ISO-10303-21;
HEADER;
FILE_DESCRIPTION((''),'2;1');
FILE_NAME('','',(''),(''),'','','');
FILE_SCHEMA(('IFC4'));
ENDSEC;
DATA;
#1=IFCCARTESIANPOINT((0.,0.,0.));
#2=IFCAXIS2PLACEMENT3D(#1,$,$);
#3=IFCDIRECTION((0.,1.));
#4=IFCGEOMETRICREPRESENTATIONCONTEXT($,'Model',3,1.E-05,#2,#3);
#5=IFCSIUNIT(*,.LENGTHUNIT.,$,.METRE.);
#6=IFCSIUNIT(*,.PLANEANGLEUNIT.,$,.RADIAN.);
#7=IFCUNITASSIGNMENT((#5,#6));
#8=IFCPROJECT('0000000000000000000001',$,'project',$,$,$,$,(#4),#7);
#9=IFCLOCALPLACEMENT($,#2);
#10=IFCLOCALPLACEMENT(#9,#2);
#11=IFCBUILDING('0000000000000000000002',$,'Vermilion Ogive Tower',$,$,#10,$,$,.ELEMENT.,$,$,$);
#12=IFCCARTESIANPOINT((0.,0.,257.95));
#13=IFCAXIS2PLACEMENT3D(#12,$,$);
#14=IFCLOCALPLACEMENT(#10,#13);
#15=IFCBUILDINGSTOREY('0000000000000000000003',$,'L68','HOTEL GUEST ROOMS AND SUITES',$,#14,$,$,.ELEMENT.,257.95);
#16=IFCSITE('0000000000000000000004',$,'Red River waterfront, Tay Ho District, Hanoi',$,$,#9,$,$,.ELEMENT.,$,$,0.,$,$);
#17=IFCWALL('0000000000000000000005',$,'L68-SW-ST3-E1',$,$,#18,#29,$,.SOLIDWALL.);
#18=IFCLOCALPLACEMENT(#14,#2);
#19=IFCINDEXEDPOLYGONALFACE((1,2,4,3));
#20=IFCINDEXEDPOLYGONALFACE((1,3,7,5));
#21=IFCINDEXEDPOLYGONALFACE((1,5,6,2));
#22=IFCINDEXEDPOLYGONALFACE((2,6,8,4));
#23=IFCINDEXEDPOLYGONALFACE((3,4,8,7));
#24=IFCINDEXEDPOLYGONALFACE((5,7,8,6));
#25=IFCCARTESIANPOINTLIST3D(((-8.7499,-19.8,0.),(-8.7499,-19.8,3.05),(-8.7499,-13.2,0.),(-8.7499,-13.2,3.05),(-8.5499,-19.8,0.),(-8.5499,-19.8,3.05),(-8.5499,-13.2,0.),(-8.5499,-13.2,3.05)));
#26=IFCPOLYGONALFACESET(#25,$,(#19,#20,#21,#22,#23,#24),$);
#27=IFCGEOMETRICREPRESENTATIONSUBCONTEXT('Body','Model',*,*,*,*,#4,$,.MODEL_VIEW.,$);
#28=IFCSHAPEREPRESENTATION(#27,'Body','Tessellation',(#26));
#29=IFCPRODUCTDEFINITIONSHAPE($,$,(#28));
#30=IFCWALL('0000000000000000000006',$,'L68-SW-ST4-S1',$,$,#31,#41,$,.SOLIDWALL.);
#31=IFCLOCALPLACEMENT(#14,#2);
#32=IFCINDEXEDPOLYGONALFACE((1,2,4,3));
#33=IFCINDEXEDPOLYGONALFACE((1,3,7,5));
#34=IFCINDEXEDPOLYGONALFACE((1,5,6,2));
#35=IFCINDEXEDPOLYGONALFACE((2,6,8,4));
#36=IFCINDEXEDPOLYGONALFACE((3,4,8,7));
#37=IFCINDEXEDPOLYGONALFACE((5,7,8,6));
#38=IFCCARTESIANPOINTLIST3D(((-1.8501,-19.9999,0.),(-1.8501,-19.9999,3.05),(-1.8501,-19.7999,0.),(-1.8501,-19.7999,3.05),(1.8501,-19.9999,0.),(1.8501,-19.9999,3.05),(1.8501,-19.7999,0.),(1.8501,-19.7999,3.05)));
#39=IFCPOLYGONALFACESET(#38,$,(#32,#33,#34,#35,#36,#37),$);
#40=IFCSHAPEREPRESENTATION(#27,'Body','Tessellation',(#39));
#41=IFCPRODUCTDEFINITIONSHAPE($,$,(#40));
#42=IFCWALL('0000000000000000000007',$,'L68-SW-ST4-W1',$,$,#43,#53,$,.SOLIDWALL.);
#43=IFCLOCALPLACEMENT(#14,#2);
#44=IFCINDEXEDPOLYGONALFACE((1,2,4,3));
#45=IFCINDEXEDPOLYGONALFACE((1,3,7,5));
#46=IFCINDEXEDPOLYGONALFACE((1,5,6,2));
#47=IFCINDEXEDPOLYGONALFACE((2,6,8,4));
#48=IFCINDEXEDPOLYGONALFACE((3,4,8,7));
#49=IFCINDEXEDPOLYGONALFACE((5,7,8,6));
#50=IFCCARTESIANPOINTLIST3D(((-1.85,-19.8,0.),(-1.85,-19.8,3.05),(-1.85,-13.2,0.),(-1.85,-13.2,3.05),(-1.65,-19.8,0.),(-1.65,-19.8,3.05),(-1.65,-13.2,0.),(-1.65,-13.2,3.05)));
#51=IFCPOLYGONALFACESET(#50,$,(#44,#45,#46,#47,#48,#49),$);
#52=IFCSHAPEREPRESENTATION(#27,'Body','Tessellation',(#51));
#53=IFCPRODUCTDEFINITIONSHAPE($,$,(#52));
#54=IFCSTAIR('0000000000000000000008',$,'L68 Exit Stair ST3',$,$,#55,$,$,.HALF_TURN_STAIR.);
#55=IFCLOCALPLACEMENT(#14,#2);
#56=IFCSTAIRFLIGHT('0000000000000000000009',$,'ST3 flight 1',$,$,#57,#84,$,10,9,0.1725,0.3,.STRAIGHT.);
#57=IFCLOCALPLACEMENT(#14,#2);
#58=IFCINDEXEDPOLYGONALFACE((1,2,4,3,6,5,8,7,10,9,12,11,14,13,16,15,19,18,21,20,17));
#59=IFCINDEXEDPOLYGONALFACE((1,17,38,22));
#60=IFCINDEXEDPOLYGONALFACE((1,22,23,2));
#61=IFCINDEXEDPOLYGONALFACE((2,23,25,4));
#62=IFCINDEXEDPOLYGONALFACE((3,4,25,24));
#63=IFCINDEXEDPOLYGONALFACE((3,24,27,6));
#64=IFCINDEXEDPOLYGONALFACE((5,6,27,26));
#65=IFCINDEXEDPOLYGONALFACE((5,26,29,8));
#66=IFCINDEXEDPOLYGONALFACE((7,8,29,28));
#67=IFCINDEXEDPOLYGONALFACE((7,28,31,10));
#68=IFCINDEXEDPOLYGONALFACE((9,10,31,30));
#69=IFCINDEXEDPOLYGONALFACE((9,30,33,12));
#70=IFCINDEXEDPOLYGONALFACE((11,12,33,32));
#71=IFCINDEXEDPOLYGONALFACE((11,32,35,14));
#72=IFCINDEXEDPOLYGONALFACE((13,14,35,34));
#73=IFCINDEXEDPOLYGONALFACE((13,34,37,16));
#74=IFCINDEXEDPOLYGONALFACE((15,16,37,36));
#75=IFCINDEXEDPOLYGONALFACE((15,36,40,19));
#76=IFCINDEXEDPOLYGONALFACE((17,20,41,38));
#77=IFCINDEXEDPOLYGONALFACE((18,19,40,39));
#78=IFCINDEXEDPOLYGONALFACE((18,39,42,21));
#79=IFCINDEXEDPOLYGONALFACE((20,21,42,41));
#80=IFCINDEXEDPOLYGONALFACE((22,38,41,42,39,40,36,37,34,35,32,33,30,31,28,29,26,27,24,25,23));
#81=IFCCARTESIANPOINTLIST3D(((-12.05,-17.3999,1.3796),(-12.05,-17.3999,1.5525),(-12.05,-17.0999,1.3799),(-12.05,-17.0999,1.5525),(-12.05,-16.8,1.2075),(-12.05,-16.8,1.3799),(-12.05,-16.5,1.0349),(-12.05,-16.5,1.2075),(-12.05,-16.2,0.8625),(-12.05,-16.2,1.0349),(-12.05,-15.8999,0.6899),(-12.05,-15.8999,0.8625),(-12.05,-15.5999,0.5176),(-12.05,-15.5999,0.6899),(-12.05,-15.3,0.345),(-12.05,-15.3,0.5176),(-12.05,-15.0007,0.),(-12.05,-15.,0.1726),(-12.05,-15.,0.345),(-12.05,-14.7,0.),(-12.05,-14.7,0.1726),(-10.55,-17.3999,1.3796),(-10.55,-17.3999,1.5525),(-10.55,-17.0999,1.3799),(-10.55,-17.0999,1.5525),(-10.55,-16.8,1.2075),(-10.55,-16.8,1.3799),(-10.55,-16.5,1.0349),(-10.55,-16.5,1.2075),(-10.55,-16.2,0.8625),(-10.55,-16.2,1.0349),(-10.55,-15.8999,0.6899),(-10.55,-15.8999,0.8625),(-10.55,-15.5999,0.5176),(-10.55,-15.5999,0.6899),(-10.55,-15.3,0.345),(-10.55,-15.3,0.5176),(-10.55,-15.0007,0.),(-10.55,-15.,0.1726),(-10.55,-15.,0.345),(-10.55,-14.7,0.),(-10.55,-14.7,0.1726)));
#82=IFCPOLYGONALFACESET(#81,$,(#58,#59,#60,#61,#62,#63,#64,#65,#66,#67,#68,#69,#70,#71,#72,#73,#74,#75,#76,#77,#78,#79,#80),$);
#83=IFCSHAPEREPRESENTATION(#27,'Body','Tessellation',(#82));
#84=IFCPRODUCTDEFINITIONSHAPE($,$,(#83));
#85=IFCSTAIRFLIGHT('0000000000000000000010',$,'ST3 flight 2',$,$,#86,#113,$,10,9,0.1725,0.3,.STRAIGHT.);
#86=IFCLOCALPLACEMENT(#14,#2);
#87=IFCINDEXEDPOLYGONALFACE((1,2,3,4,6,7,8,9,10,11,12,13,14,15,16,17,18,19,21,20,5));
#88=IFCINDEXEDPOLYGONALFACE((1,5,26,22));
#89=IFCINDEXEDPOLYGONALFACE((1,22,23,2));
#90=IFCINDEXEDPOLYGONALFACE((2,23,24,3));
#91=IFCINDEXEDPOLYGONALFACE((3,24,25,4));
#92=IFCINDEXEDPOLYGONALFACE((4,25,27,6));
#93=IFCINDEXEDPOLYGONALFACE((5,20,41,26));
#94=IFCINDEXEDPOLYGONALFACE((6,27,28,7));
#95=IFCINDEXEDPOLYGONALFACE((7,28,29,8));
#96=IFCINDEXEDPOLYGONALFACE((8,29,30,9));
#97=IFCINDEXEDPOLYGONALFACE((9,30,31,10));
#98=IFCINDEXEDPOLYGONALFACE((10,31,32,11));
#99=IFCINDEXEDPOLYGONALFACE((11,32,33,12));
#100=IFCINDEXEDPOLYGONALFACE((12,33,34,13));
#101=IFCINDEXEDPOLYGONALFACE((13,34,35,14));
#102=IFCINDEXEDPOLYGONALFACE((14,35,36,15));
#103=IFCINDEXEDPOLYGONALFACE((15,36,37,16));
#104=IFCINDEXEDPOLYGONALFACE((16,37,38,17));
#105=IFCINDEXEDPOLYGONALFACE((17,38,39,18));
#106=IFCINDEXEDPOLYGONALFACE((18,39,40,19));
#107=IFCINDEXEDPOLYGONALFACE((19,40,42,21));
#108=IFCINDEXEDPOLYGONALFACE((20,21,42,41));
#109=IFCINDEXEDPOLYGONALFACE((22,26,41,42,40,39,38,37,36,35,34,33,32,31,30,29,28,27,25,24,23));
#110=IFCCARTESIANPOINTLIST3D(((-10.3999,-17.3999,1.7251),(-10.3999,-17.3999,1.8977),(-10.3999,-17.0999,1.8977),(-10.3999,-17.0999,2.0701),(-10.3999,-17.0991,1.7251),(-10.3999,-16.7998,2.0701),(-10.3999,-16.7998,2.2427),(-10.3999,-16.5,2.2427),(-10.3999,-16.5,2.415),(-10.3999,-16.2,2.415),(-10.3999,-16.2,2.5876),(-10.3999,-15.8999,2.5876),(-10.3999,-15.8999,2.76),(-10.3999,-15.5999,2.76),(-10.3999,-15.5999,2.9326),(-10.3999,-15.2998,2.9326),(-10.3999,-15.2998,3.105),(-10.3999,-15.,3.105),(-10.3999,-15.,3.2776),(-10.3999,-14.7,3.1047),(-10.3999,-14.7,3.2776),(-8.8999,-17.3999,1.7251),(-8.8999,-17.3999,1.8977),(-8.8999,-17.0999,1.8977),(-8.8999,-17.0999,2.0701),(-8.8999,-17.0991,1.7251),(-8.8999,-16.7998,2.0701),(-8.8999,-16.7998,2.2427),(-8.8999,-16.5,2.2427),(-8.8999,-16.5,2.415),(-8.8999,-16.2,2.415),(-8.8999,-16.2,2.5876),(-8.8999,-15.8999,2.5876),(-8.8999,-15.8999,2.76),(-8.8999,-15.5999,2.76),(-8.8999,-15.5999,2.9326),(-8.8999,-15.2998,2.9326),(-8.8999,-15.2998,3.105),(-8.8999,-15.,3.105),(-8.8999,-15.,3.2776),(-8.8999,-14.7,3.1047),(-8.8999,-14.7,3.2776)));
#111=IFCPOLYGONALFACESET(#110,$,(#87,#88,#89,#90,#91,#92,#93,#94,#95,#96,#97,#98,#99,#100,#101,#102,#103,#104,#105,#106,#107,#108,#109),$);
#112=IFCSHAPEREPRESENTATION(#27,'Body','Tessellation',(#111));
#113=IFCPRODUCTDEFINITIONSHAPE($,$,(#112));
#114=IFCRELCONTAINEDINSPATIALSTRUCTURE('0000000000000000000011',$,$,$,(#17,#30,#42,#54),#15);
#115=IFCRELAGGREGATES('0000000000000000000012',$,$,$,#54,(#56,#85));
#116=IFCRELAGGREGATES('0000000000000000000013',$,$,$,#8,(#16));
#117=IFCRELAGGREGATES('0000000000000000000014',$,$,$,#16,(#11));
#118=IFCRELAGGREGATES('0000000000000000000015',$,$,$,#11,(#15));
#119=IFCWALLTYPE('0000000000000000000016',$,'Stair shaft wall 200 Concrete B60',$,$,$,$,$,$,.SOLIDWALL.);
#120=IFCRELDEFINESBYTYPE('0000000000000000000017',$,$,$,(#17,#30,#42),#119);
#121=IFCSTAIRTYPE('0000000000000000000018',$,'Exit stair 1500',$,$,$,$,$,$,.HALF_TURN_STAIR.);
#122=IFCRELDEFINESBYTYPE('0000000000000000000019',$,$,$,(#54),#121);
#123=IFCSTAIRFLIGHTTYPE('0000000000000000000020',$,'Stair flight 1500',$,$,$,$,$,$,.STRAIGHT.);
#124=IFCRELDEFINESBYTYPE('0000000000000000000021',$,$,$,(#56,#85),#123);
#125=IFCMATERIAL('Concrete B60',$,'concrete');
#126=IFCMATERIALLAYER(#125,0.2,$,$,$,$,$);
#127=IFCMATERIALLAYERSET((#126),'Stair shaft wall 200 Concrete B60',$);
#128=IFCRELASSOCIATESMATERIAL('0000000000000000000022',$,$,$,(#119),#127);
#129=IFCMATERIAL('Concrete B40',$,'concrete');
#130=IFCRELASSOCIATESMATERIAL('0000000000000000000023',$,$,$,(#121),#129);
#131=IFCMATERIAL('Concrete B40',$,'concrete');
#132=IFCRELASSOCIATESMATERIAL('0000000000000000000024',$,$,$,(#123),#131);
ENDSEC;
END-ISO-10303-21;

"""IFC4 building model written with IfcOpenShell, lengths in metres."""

from ifc_helpers import new_model, si_unit, direction, frame, frame_2d, origin, place, context, subcontext, project, spatial, polyline, rectangle, outline, extrude, material, layer, layer_set, type_object, element, aggregate, save


model = new_model("IFC4")

# Units and contexts
model_context = context("Model", 3, precision=1e-05, world=origin(), true_north=direction((0.0, 1.0)))
body_context = subcontext(model_context, "Body", "Model", "MODEL_VIEW")
ifc_project = project(units=[si_unit("LENGTHUNIT", "METRE"), si_unit("PLANEANGLEUNIT", "RADIAN")], contexts=[model_context])

# Site, building, storey
site_placement = place(None, origin())
site = spatial("IfcSite", under=ifc_project, at=site_placement, Name="Red River waterfront, Tay Ho District, Hanoi", CompositionType="ELEMENT", RefElevation=0.0)
building_placement = place(site_placement, origin())
building = spatial("IfcBuilding", under=site, at=building_placement, Name="Vermilion Ogive Tower", CompositionType="ELEMENT")
storey_placement = place(building_placement, frame((0.0, 0.0, 257.95)))
storey = spatial("IfcBuildingStorey", under=building, at=storey_placement, Name="L68", Description="HOTEL GUEST ROOMS AND SUITES", CompositionType="ELEMENT", Elevation=257.95)

# Walls
ifc_material_1 = material(Name="Concrete B60", Category="concrete")
ifc_layer_1 = layer(ifc_material_1, 0.2)
ifc_layer_set_1 = layer_set([ifc_layer_1], Name="Stair shaft wall 200 Concrete B60")
wall_type = type_object("IfcWallType", Name="Stair shaft wall 200 Concrete B60", PredefinedType="SOLIDWALL", material=ifc_layer_set_1)
wall_1_placement = place(storey_placement, frame((-8.6499, -19.8, 0.0), z_axis=(0.0, 0.0, 1.0), x_axis=(0.0, 1.0, 0.0)))
element("IfcWall", 1, at=wall_1_placement, inside=storey, type_object=wall_type, Name="L68-SW-ST3-E1", PredefinedType="SOLIDWALL", context=body_context, shape_type="SweptSolid", body=[
    extrude(rectangle(XDim=6.6001, YDim=0.2, at=frame_2d((3.3, 0.0))), origin(), (0.0, 0.0, 1.0), 3.05),
])
wall_2_placement = place(storey_placement, frame((-1.8501, -19.8999, 0.0), z_axis=(0.0, 0.0, 1.0), x_axis=(1.0, 0.0, 0.0)))
element("IfcWall", 2, at=wall_2_placement, inside=storey, type_object=wall_type, Name="L68-SW-ST4-S1", PredefinedType="SOLIDWALL", context=body_context, shape_type="SweptSolid", body=[
    extrude(rectangle(XDim=3.7002, YDim=0.2, at=frame_2d((1.8501, 0.0))), origin(), (0.0, 0.0, 1.0), 3.05),
])
wall_3_placement = place(storey_placement, frame((-1.75, -19.8, 0.0), z_axis=(0.0, 0.0, 1.0), x_axis=(0.0, 1.0, 0.0)))
element("IfcWall", 3, at=wall_3_placement, inside=storey, type_object=wall_type, Name="L68-SW-ST4-W1", PredefinedType="SOLIDWALL", context=body_context, shape_type="SweptSolid", body=[
    extrude(rectangle(XDim=6.6001, YDim=0.2, at=frame_2d((3.3, 0.0))), origin(), (0.0, 0.0, 1.0), 3.05),
])

# Stair, stair flights
ifc_material_2 = material(Name="Concrete B40", Category="concrete")
stair_type = type_object("IfcStairType", Name="Exit stair 1500", PredefinedType="HALF_TURN_STAIR", material=ifc_material_2)
stair_placement = place(storey_placement, origin())
stair = element("IfcStair", 4, at=stair_placement, inside=storey, type_object=stair_type, Name="L68 Exit Stair ST3", PredefinedType="HALF_TURN_STAIR")
ifc_material_3 = material(Name="Concrete B40", Category="concrete")
stair_flight_type = type_object("IfcStairFlightType", Name="Stair flight 1500", PredefinedType="STRAIGHT", material=ifc_material_3)
stair_flight_1_placement = place(storey_placement, frame((-11.3, -14.7, 0.0), z_axis=(0.0, 0.0, 1.0), x_axis=(0.0, -1.0, 0.0)))
stair_flight_1 = element("IfcStairFlight", 5, at=stair_flight_1_placement, type_object=stair_flight_type, Name="ST3 flight 1", NumberOfRisers=10, NumberOfTreads=9, PredefinedType="STRAIGHT", RiserHeight=0.1725, TreadLength=0.3, context=body_context, shape_type="SweptSolid", body=[
    extrude(outline(polyline([(0.0, 0.0), (0.0, 0.1726), (0.3, 0.1726), (0.3, 0.345), (0.6001, 0.345), (0.6001, 0.5176), (0.8999, 0.5176), (0.8999, 0.6899), (1.2, 0.6899), (1.2, 0.8625), (1.5, 0.8625), (1.5, 1.0349), (1.8, 1.0349), (1.8, 1.2075), (2.1001, 1.2075), (2.1001, 1.3799), (2.3999, 1.3799), (2.3999, 1.5525), (2.7, 1.5525), (2.7, 1.7251), (2.7, 1.3796), (0.3008, 0.0), (0.0, 0.0)])), frame((0.0, 0.75, 0.0), z_axis=(0.0, -1.0, 0.0), x_axis=(1.0, 0.0, 0.0)), (0.0, 0.0, 1.0), 1.5),
])
stair_flight_2_placement = place(storey_placement, frame((-9.6499, -17.3999, 1.7251), z_axis=(0.0, 0.0, 1.0), x_axis=(0.0, 1.0, 0.0)))
stair_flight_2 = element("IfcStairFlight", 6, at=stair_flight_2_placement, type_object=stair_flight_type, Name="ST3 flight 2", NumberOfRisers=10, NumberOfTreads=9, PredefinedType="STRAIGHT", RiserHeight=0.1725, TreadLength=0.3, context=body_context, shape_type="SweptSolid", body=[
    extrude(outline(polyline([(0.0, 0.0), (0.0, 0.1726), (0.3, 0.1726), (0.3, 0.345), (0.6001, 0.345), (0.6001, 0.5176), (0.8999, 0.5176), (0.8999, 0.6899), (1.2, 0.6899), (1.2, 0.8625), (1.5, 0.8625), (1.5, 1.0349), (1.8, 1.0349), (1.8, 1.2075), (2.1001, 1.2075), (2.1001, 1.3799), (2.3999, 1.3799), (2.3999, 1.5525), (2.7, 1.5525), (2.7, 1.7251), (2.7, 1.3796), (0.3008, 0.0), (0.0, 0.0)])), frame((0.0, 0.75, 0.0), z_axis=(0.0, -1.0, 0.0), x_axis=(1.0, 0.0, 0.0)), (0.0, 0.0, 1.0), 1.5),
])
aggregate(stair, [stair_flight_1, stair_flight_2])

save(model, "model.ifc")
